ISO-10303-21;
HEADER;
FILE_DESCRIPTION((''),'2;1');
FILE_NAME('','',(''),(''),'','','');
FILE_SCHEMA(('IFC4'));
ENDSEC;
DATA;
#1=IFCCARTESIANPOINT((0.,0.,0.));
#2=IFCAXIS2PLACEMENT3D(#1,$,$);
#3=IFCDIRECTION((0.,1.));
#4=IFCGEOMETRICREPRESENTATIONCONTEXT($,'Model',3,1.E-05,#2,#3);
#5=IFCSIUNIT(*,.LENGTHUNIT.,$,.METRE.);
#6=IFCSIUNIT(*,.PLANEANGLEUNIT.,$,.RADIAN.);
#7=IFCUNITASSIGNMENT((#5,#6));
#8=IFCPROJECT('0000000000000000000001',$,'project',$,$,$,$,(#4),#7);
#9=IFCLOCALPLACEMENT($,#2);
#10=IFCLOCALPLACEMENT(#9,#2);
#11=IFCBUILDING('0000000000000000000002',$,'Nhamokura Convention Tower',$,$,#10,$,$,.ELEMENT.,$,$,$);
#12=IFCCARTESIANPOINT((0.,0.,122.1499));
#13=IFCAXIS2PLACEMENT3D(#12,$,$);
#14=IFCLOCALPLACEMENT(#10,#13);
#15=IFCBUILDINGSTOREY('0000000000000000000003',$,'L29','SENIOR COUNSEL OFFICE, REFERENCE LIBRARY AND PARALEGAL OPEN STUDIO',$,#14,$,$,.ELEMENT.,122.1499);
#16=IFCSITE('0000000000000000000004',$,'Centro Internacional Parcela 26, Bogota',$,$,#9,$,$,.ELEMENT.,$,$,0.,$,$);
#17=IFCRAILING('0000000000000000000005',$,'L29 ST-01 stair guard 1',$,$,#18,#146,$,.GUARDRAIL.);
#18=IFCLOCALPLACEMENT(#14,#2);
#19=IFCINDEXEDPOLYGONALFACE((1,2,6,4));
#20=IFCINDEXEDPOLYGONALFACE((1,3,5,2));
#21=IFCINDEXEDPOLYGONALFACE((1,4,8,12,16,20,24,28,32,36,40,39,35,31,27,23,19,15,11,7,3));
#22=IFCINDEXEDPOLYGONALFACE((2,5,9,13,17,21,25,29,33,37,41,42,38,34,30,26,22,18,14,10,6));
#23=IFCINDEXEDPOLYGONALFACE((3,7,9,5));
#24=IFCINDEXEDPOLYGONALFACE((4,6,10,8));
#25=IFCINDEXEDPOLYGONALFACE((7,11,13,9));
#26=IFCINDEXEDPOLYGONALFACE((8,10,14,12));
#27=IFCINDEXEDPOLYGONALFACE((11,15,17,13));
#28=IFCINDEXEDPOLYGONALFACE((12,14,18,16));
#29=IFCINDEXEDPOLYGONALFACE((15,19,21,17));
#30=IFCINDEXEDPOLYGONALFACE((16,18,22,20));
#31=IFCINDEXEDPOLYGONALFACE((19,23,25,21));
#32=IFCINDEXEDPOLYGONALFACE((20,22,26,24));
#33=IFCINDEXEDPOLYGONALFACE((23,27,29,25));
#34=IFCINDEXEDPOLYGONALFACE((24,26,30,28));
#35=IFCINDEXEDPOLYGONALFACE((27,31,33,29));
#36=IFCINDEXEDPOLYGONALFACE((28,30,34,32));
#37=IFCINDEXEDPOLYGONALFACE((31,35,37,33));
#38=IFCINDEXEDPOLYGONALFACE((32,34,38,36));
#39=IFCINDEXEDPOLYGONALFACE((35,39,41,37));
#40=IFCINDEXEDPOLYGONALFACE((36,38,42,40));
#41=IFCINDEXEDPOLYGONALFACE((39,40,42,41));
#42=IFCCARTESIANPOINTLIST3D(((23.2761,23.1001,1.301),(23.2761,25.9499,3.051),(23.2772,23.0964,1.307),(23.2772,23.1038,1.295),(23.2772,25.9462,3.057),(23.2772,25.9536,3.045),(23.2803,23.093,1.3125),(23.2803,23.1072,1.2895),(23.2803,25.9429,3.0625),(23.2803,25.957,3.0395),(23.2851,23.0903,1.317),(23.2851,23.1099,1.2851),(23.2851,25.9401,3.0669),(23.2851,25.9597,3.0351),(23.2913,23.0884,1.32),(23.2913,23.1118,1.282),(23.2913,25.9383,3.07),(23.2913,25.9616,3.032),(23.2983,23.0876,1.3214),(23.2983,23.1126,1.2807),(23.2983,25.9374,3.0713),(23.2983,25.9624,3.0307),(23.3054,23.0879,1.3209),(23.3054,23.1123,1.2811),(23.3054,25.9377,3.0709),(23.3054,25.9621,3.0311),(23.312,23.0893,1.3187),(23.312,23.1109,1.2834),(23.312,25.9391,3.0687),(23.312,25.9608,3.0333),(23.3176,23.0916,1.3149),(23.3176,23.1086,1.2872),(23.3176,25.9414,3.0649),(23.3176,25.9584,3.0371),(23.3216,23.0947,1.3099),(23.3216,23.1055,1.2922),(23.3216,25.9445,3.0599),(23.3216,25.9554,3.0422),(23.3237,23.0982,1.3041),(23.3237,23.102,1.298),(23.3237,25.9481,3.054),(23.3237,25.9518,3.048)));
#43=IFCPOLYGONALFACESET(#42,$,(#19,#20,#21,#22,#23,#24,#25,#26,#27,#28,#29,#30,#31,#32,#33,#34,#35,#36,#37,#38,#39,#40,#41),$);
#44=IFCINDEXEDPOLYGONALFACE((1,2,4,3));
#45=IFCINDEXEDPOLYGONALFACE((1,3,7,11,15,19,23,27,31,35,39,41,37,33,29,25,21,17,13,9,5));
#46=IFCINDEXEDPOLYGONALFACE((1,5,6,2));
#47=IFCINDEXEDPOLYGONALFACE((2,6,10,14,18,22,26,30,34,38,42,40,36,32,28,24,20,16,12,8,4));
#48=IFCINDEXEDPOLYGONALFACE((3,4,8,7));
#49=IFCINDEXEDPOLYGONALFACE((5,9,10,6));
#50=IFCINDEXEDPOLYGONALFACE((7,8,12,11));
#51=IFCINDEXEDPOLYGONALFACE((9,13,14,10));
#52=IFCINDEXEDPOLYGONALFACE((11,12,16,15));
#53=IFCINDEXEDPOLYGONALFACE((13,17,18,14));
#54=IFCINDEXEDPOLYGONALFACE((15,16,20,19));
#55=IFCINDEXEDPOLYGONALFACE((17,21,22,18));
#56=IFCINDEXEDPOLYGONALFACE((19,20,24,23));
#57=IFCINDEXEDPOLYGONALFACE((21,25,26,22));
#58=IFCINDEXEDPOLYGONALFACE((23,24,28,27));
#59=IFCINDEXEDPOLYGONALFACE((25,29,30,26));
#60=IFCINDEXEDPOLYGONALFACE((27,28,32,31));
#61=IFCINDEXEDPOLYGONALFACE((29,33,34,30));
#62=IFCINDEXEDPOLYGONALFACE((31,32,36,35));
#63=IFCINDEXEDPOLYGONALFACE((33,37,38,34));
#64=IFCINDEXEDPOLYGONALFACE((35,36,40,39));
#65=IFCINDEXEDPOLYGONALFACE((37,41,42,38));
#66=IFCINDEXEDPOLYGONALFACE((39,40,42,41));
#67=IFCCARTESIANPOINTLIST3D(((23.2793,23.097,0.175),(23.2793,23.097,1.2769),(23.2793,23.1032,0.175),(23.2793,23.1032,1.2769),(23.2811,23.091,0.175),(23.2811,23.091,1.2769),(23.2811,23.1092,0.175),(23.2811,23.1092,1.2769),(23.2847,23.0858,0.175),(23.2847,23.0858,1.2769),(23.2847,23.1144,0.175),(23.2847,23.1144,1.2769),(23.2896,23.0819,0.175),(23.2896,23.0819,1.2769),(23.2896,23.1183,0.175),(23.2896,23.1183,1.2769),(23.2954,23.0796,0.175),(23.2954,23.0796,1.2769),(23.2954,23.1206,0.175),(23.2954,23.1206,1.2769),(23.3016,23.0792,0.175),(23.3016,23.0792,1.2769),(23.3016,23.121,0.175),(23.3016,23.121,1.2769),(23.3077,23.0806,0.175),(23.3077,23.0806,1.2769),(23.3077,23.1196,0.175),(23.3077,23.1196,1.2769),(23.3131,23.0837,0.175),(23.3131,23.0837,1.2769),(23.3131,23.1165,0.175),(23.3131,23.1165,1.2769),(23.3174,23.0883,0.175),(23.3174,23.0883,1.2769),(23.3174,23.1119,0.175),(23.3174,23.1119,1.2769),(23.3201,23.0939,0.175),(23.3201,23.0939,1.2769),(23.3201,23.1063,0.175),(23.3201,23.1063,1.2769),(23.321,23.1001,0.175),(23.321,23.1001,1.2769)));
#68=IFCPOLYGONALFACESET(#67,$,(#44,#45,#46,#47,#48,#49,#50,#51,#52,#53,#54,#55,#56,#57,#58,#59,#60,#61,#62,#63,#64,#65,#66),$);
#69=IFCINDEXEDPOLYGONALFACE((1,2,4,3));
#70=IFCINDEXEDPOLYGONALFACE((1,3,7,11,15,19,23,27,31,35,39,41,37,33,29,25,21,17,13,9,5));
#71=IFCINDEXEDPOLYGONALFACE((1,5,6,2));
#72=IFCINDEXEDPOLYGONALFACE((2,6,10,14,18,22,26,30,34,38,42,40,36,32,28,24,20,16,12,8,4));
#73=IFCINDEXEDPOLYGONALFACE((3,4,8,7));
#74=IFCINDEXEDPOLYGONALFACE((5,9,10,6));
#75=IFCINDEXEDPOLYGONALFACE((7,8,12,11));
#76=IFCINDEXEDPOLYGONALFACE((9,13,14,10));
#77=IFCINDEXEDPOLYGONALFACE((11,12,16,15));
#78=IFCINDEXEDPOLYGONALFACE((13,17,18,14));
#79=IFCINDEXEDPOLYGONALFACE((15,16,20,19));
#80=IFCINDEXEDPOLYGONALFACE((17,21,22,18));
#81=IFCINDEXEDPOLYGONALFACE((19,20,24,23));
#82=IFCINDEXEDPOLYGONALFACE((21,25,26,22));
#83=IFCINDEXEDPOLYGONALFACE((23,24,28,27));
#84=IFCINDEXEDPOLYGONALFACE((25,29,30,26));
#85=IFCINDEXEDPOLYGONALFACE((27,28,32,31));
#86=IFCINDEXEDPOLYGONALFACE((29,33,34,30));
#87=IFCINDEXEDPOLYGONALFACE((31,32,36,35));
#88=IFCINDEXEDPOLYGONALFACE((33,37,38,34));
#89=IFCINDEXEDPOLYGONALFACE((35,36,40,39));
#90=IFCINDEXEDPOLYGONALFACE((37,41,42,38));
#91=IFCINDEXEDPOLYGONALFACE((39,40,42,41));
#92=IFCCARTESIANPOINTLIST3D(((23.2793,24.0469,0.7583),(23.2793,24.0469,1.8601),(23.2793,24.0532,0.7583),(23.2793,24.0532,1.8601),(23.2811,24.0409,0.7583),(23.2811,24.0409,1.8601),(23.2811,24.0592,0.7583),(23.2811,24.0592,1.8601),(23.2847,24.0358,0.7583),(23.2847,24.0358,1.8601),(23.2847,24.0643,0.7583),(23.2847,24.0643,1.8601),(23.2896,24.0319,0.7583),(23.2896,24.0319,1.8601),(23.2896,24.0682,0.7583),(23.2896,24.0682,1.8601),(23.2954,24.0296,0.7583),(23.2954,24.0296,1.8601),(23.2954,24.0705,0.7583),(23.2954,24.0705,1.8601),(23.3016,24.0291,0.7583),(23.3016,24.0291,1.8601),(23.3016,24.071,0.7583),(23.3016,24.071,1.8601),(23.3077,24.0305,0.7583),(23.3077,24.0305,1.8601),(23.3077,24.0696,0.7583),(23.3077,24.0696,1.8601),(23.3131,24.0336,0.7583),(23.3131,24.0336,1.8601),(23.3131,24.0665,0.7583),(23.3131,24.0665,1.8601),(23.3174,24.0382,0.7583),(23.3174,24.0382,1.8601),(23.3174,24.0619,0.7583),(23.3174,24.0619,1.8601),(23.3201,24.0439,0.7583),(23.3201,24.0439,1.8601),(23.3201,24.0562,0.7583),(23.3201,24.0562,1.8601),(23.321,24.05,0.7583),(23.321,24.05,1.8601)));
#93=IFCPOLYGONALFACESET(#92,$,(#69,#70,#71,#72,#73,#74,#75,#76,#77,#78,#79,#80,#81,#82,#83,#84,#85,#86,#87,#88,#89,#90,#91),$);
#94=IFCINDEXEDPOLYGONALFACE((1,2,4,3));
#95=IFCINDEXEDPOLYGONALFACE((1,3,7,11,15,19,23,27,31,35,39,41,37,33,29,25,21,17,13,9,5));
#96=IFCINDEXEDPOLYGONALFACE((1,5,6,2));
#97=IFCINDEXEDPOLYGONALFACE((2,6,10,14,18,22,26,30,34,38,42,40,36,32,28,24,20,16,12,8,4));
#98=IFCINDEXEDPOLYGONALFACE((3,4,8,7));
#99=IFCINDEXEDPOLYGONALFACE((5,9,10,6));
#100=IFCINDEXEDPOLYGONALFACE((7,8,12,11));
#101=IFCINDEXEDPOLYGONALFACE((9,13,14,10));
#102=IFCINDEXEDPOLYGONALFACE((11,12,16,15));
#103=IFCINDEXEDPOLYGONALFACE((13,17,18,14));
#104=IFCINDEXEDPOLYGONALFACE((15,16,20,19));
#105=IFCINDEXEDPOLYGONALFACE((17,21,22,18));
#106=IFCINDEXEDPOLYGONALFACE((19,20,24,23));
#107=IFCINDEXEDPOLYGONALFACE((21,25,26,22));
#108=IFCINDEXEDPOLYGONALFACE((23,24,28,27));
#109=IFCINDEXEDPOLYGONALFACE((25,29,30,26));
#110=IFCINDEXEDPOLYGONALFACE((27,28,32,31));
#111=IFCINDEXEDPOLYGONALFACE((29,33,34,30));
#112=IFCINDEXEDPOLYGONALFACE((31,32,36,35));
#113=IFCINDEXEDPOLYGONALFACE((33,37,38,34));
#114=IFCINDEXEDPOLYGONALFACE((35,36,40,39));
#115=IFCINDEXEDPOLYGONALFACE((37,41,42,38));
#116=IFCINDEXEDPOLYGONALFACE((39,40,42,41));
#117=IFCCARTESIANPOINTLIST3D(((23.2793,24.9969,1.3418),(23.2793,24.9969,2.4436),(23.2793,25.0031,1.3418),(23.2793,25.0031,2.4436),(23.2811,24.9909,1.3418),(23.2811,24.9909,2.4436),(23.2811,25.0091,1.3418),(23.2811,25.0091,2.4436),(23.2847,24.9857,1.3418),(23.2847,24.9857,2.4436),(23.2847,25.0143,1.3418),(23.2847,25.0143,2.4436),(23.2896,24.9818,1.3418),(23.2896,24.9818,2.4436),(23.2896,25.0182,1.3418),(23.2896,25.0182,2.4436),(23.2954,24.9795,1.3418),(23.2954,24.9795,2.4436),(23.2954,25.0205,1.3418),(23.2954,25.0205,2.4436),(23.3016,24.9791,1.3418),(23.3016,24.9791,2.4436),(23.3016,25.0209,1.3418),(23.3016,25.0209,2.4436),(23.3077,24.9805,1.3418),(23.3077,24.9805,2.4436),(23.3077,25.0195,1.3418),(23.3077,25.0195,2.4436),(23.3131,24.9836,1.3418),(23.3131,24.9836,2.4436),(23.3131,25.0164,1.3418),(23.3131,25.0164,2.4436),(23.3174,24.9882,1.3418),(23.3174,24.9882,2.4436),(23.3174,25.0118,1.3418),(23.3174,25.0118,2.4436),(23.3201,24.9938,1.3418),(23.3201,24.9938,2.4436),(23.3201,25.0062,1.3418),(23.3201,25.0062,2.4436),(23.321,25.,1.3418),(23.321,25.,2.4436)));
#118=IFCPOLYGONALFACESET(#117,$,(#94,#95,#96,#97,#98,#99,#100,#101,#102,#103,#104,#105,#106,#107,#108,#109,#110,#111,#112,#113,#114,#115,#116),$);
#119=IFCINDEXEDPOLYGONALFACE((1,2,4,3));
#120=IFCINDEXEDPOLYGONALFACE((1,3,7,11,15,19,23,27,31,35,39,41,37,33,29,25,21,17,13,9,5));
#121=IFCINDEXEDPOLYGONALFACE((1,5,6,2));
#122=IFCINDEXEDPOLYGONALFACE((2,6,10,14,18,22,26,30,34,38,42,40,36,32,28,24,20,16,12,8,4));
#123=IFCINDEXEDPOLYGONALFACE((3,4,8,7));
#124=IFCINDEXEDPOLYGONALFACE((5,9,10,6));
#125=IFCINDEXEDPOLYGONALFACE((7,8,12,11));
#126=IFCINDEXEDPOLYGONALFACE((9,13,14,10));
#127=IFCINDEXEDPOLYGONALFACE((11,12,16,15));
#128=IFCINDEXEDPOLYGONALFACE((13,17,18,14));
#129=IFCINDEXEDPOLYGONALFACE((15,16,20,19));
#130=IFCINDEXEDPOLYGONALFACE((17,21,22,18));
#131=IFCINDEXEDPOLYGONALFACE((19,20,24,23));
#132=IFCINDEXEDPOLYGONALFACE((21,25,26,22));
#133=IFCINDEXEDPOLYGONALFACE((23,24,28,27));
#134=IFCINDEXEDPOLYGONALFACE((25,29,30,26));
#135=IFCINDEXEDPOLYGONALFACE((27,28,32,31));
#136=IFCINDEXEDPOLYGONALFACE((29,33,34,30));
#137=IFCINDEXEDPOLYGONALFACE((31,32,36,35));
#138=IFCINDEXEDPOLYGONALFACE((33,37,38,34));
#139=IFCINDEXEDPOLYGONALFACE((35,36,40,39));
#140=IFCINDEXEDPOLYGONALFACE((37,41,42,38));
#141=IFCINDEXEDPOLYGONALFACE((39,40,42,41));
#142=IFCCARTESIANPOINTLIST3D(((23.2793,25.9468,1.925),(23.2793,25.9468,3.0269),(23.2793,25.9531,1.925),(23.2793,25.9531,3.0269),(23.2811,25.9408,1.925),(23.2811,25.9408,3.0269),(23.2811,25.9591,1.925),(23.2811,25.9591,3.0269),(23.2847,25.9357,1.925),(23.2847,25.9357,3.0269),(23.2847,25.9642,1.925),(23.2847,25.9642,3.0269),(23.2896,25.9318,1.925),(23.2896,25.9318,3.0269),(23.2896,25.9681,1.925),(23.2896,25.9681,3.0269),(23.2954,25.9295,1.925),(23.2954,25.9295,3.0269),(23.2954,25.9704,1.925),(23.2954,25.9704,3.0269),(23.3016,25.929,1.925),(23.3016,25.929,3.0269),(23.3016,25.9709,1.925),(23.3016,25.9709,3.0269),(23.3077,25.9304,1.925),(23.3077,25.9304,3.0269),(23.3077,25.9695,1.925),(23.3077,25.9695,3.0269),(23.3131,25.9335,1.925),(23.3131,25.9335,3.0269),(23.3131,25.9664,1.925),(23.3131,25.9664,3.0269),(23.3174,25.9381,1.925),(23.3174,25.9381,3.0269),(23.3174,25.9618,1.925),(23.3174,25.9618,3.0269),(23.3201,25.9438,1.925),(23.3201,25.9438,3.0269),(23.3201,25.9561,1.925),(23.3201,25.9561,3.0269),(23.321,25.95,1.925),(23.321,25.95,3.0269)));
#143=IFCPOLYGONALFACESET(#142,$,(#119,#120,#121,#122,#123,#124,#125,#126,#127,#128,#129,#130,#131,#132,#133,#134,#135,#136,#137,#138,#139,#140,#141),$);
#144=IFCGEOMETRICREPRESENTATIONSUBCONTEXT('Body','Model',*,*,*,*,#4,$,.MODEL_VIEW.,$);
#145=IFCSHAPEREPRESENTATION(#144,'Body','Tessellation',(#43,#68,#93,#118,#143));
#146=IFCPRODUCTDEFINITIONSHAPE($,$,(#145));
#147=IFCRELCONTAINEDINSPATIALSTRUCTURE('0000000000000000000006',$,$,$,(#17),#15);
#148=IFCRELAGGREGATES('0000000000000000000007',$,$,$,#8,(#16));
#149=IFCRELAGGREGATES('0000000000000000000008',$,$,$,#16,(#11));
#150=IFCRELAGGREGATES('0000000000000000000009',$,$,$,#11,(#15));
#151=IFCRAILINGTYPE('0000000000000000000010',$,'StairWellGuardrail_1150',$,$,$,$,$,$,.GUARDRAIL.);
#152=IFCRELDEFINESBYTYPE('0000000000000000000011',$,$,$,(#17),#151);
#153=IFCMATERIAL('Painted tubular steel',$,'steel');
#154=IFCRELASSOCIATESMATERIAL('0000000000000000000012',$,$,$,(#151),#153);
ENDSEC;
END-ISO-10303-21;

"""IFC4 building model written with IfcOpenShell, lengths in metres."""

from ifc_helpers import new_model, si_unit, direction, frame, origin, origin_2d, place, context, subcontext, project, spatial, circle, extrude, material, type_object, element, save


model = new_model("IFC4")

# Units and contexts
model_context = context("Model", 3, precision=1e-05, world=origin(), true_north=direction((0.0, 1.0)))
body_context = subcontext(model_context, "Body", "Model", "MODEL_VIEW")
ifc_project = project(units=[si_unit("LENGTHUNIT", "METRE"), si_unit("PLANEANGLEUNIT", "RADIAN")], contexts=[model_context])

# Site, building, storey
site_placement = place(None, origin())
site = spatial("IfcSite", under=ifc_project, at=site_placement, Name="Centro Internacional Parcela 26, Bogota", CompositionType="ELEMENT", RefElevation=0.0)
building_placement = place(site_placement, origin())
building = spatial("IfcBuilding", under=site, at=building_placement, Name="Nhamokura Convention Tower", CompositionType="ELEMENT")
storey_placement = place(building_placement, frame((0.0, 0.0, 122.1499)))
storey = spatial("IfcBuildingStorey", under=building, at=storey_placement, Name="L29", Description="SENIOR COUNSEL OFFICE, REFERENCE LIBRARY AND PARALEGAL OPEN STUDIO", CompositionType="ELEMENT", Elevation=122.1499)

# Railing
ifc_material_1 = material(Name="Painted tubular steel", Category="steel")
railing_type_1 = type_object("IfcRailingType", Name="StairWellGuardrail_1150", PredefinedType="GUARDRAIL", material=ifc_material_1)
railing_1_placement = place(storey_placement, frame((23.3, 23.1001, 0.175)))
element("IfcRailing", 1, at=railing_1_placement, inside=storey, type_object=railing_type_1, Name="L29 ST-01 stair guard 1", PredefinedType="GUARDRAIL", context=body_context, shape_type="SweptSolid", body=[
    extrude(circle(Radius=0.0239, at=origin_2d()), frame((0.0, 0.0, 1.126), z_axis=(0.0, 0.852159, 0.523283), x_axis=(-1.0, 0.0, 0.0)), (0.0, 0.0, 1.0), 3.3442),
    extrude(circle(Radius=0.021, at=origin_2d()), origin(), (0.0, 0.0, 1.0), 1.1018),
    extrude(circle(Radius=0.021, at=origin_2d()), frame((0.0, 0.95, 0.5833)), (0.0, 0.0, 1.0), 1.1018),
    extrude(circle(Radius=0.021, at=origin_2d()), frame((0.0, 1.8999, 1.1667)), (0.0, 0.0, 1.0), 1.1018),
    extrude(circle(Radius=0.021, at=origin_2d()), frame((0.0, 2.8499, 1.75)), (0.0, 0.0, 1.0), 1.1018),
])

save(model, "model.ifc")
